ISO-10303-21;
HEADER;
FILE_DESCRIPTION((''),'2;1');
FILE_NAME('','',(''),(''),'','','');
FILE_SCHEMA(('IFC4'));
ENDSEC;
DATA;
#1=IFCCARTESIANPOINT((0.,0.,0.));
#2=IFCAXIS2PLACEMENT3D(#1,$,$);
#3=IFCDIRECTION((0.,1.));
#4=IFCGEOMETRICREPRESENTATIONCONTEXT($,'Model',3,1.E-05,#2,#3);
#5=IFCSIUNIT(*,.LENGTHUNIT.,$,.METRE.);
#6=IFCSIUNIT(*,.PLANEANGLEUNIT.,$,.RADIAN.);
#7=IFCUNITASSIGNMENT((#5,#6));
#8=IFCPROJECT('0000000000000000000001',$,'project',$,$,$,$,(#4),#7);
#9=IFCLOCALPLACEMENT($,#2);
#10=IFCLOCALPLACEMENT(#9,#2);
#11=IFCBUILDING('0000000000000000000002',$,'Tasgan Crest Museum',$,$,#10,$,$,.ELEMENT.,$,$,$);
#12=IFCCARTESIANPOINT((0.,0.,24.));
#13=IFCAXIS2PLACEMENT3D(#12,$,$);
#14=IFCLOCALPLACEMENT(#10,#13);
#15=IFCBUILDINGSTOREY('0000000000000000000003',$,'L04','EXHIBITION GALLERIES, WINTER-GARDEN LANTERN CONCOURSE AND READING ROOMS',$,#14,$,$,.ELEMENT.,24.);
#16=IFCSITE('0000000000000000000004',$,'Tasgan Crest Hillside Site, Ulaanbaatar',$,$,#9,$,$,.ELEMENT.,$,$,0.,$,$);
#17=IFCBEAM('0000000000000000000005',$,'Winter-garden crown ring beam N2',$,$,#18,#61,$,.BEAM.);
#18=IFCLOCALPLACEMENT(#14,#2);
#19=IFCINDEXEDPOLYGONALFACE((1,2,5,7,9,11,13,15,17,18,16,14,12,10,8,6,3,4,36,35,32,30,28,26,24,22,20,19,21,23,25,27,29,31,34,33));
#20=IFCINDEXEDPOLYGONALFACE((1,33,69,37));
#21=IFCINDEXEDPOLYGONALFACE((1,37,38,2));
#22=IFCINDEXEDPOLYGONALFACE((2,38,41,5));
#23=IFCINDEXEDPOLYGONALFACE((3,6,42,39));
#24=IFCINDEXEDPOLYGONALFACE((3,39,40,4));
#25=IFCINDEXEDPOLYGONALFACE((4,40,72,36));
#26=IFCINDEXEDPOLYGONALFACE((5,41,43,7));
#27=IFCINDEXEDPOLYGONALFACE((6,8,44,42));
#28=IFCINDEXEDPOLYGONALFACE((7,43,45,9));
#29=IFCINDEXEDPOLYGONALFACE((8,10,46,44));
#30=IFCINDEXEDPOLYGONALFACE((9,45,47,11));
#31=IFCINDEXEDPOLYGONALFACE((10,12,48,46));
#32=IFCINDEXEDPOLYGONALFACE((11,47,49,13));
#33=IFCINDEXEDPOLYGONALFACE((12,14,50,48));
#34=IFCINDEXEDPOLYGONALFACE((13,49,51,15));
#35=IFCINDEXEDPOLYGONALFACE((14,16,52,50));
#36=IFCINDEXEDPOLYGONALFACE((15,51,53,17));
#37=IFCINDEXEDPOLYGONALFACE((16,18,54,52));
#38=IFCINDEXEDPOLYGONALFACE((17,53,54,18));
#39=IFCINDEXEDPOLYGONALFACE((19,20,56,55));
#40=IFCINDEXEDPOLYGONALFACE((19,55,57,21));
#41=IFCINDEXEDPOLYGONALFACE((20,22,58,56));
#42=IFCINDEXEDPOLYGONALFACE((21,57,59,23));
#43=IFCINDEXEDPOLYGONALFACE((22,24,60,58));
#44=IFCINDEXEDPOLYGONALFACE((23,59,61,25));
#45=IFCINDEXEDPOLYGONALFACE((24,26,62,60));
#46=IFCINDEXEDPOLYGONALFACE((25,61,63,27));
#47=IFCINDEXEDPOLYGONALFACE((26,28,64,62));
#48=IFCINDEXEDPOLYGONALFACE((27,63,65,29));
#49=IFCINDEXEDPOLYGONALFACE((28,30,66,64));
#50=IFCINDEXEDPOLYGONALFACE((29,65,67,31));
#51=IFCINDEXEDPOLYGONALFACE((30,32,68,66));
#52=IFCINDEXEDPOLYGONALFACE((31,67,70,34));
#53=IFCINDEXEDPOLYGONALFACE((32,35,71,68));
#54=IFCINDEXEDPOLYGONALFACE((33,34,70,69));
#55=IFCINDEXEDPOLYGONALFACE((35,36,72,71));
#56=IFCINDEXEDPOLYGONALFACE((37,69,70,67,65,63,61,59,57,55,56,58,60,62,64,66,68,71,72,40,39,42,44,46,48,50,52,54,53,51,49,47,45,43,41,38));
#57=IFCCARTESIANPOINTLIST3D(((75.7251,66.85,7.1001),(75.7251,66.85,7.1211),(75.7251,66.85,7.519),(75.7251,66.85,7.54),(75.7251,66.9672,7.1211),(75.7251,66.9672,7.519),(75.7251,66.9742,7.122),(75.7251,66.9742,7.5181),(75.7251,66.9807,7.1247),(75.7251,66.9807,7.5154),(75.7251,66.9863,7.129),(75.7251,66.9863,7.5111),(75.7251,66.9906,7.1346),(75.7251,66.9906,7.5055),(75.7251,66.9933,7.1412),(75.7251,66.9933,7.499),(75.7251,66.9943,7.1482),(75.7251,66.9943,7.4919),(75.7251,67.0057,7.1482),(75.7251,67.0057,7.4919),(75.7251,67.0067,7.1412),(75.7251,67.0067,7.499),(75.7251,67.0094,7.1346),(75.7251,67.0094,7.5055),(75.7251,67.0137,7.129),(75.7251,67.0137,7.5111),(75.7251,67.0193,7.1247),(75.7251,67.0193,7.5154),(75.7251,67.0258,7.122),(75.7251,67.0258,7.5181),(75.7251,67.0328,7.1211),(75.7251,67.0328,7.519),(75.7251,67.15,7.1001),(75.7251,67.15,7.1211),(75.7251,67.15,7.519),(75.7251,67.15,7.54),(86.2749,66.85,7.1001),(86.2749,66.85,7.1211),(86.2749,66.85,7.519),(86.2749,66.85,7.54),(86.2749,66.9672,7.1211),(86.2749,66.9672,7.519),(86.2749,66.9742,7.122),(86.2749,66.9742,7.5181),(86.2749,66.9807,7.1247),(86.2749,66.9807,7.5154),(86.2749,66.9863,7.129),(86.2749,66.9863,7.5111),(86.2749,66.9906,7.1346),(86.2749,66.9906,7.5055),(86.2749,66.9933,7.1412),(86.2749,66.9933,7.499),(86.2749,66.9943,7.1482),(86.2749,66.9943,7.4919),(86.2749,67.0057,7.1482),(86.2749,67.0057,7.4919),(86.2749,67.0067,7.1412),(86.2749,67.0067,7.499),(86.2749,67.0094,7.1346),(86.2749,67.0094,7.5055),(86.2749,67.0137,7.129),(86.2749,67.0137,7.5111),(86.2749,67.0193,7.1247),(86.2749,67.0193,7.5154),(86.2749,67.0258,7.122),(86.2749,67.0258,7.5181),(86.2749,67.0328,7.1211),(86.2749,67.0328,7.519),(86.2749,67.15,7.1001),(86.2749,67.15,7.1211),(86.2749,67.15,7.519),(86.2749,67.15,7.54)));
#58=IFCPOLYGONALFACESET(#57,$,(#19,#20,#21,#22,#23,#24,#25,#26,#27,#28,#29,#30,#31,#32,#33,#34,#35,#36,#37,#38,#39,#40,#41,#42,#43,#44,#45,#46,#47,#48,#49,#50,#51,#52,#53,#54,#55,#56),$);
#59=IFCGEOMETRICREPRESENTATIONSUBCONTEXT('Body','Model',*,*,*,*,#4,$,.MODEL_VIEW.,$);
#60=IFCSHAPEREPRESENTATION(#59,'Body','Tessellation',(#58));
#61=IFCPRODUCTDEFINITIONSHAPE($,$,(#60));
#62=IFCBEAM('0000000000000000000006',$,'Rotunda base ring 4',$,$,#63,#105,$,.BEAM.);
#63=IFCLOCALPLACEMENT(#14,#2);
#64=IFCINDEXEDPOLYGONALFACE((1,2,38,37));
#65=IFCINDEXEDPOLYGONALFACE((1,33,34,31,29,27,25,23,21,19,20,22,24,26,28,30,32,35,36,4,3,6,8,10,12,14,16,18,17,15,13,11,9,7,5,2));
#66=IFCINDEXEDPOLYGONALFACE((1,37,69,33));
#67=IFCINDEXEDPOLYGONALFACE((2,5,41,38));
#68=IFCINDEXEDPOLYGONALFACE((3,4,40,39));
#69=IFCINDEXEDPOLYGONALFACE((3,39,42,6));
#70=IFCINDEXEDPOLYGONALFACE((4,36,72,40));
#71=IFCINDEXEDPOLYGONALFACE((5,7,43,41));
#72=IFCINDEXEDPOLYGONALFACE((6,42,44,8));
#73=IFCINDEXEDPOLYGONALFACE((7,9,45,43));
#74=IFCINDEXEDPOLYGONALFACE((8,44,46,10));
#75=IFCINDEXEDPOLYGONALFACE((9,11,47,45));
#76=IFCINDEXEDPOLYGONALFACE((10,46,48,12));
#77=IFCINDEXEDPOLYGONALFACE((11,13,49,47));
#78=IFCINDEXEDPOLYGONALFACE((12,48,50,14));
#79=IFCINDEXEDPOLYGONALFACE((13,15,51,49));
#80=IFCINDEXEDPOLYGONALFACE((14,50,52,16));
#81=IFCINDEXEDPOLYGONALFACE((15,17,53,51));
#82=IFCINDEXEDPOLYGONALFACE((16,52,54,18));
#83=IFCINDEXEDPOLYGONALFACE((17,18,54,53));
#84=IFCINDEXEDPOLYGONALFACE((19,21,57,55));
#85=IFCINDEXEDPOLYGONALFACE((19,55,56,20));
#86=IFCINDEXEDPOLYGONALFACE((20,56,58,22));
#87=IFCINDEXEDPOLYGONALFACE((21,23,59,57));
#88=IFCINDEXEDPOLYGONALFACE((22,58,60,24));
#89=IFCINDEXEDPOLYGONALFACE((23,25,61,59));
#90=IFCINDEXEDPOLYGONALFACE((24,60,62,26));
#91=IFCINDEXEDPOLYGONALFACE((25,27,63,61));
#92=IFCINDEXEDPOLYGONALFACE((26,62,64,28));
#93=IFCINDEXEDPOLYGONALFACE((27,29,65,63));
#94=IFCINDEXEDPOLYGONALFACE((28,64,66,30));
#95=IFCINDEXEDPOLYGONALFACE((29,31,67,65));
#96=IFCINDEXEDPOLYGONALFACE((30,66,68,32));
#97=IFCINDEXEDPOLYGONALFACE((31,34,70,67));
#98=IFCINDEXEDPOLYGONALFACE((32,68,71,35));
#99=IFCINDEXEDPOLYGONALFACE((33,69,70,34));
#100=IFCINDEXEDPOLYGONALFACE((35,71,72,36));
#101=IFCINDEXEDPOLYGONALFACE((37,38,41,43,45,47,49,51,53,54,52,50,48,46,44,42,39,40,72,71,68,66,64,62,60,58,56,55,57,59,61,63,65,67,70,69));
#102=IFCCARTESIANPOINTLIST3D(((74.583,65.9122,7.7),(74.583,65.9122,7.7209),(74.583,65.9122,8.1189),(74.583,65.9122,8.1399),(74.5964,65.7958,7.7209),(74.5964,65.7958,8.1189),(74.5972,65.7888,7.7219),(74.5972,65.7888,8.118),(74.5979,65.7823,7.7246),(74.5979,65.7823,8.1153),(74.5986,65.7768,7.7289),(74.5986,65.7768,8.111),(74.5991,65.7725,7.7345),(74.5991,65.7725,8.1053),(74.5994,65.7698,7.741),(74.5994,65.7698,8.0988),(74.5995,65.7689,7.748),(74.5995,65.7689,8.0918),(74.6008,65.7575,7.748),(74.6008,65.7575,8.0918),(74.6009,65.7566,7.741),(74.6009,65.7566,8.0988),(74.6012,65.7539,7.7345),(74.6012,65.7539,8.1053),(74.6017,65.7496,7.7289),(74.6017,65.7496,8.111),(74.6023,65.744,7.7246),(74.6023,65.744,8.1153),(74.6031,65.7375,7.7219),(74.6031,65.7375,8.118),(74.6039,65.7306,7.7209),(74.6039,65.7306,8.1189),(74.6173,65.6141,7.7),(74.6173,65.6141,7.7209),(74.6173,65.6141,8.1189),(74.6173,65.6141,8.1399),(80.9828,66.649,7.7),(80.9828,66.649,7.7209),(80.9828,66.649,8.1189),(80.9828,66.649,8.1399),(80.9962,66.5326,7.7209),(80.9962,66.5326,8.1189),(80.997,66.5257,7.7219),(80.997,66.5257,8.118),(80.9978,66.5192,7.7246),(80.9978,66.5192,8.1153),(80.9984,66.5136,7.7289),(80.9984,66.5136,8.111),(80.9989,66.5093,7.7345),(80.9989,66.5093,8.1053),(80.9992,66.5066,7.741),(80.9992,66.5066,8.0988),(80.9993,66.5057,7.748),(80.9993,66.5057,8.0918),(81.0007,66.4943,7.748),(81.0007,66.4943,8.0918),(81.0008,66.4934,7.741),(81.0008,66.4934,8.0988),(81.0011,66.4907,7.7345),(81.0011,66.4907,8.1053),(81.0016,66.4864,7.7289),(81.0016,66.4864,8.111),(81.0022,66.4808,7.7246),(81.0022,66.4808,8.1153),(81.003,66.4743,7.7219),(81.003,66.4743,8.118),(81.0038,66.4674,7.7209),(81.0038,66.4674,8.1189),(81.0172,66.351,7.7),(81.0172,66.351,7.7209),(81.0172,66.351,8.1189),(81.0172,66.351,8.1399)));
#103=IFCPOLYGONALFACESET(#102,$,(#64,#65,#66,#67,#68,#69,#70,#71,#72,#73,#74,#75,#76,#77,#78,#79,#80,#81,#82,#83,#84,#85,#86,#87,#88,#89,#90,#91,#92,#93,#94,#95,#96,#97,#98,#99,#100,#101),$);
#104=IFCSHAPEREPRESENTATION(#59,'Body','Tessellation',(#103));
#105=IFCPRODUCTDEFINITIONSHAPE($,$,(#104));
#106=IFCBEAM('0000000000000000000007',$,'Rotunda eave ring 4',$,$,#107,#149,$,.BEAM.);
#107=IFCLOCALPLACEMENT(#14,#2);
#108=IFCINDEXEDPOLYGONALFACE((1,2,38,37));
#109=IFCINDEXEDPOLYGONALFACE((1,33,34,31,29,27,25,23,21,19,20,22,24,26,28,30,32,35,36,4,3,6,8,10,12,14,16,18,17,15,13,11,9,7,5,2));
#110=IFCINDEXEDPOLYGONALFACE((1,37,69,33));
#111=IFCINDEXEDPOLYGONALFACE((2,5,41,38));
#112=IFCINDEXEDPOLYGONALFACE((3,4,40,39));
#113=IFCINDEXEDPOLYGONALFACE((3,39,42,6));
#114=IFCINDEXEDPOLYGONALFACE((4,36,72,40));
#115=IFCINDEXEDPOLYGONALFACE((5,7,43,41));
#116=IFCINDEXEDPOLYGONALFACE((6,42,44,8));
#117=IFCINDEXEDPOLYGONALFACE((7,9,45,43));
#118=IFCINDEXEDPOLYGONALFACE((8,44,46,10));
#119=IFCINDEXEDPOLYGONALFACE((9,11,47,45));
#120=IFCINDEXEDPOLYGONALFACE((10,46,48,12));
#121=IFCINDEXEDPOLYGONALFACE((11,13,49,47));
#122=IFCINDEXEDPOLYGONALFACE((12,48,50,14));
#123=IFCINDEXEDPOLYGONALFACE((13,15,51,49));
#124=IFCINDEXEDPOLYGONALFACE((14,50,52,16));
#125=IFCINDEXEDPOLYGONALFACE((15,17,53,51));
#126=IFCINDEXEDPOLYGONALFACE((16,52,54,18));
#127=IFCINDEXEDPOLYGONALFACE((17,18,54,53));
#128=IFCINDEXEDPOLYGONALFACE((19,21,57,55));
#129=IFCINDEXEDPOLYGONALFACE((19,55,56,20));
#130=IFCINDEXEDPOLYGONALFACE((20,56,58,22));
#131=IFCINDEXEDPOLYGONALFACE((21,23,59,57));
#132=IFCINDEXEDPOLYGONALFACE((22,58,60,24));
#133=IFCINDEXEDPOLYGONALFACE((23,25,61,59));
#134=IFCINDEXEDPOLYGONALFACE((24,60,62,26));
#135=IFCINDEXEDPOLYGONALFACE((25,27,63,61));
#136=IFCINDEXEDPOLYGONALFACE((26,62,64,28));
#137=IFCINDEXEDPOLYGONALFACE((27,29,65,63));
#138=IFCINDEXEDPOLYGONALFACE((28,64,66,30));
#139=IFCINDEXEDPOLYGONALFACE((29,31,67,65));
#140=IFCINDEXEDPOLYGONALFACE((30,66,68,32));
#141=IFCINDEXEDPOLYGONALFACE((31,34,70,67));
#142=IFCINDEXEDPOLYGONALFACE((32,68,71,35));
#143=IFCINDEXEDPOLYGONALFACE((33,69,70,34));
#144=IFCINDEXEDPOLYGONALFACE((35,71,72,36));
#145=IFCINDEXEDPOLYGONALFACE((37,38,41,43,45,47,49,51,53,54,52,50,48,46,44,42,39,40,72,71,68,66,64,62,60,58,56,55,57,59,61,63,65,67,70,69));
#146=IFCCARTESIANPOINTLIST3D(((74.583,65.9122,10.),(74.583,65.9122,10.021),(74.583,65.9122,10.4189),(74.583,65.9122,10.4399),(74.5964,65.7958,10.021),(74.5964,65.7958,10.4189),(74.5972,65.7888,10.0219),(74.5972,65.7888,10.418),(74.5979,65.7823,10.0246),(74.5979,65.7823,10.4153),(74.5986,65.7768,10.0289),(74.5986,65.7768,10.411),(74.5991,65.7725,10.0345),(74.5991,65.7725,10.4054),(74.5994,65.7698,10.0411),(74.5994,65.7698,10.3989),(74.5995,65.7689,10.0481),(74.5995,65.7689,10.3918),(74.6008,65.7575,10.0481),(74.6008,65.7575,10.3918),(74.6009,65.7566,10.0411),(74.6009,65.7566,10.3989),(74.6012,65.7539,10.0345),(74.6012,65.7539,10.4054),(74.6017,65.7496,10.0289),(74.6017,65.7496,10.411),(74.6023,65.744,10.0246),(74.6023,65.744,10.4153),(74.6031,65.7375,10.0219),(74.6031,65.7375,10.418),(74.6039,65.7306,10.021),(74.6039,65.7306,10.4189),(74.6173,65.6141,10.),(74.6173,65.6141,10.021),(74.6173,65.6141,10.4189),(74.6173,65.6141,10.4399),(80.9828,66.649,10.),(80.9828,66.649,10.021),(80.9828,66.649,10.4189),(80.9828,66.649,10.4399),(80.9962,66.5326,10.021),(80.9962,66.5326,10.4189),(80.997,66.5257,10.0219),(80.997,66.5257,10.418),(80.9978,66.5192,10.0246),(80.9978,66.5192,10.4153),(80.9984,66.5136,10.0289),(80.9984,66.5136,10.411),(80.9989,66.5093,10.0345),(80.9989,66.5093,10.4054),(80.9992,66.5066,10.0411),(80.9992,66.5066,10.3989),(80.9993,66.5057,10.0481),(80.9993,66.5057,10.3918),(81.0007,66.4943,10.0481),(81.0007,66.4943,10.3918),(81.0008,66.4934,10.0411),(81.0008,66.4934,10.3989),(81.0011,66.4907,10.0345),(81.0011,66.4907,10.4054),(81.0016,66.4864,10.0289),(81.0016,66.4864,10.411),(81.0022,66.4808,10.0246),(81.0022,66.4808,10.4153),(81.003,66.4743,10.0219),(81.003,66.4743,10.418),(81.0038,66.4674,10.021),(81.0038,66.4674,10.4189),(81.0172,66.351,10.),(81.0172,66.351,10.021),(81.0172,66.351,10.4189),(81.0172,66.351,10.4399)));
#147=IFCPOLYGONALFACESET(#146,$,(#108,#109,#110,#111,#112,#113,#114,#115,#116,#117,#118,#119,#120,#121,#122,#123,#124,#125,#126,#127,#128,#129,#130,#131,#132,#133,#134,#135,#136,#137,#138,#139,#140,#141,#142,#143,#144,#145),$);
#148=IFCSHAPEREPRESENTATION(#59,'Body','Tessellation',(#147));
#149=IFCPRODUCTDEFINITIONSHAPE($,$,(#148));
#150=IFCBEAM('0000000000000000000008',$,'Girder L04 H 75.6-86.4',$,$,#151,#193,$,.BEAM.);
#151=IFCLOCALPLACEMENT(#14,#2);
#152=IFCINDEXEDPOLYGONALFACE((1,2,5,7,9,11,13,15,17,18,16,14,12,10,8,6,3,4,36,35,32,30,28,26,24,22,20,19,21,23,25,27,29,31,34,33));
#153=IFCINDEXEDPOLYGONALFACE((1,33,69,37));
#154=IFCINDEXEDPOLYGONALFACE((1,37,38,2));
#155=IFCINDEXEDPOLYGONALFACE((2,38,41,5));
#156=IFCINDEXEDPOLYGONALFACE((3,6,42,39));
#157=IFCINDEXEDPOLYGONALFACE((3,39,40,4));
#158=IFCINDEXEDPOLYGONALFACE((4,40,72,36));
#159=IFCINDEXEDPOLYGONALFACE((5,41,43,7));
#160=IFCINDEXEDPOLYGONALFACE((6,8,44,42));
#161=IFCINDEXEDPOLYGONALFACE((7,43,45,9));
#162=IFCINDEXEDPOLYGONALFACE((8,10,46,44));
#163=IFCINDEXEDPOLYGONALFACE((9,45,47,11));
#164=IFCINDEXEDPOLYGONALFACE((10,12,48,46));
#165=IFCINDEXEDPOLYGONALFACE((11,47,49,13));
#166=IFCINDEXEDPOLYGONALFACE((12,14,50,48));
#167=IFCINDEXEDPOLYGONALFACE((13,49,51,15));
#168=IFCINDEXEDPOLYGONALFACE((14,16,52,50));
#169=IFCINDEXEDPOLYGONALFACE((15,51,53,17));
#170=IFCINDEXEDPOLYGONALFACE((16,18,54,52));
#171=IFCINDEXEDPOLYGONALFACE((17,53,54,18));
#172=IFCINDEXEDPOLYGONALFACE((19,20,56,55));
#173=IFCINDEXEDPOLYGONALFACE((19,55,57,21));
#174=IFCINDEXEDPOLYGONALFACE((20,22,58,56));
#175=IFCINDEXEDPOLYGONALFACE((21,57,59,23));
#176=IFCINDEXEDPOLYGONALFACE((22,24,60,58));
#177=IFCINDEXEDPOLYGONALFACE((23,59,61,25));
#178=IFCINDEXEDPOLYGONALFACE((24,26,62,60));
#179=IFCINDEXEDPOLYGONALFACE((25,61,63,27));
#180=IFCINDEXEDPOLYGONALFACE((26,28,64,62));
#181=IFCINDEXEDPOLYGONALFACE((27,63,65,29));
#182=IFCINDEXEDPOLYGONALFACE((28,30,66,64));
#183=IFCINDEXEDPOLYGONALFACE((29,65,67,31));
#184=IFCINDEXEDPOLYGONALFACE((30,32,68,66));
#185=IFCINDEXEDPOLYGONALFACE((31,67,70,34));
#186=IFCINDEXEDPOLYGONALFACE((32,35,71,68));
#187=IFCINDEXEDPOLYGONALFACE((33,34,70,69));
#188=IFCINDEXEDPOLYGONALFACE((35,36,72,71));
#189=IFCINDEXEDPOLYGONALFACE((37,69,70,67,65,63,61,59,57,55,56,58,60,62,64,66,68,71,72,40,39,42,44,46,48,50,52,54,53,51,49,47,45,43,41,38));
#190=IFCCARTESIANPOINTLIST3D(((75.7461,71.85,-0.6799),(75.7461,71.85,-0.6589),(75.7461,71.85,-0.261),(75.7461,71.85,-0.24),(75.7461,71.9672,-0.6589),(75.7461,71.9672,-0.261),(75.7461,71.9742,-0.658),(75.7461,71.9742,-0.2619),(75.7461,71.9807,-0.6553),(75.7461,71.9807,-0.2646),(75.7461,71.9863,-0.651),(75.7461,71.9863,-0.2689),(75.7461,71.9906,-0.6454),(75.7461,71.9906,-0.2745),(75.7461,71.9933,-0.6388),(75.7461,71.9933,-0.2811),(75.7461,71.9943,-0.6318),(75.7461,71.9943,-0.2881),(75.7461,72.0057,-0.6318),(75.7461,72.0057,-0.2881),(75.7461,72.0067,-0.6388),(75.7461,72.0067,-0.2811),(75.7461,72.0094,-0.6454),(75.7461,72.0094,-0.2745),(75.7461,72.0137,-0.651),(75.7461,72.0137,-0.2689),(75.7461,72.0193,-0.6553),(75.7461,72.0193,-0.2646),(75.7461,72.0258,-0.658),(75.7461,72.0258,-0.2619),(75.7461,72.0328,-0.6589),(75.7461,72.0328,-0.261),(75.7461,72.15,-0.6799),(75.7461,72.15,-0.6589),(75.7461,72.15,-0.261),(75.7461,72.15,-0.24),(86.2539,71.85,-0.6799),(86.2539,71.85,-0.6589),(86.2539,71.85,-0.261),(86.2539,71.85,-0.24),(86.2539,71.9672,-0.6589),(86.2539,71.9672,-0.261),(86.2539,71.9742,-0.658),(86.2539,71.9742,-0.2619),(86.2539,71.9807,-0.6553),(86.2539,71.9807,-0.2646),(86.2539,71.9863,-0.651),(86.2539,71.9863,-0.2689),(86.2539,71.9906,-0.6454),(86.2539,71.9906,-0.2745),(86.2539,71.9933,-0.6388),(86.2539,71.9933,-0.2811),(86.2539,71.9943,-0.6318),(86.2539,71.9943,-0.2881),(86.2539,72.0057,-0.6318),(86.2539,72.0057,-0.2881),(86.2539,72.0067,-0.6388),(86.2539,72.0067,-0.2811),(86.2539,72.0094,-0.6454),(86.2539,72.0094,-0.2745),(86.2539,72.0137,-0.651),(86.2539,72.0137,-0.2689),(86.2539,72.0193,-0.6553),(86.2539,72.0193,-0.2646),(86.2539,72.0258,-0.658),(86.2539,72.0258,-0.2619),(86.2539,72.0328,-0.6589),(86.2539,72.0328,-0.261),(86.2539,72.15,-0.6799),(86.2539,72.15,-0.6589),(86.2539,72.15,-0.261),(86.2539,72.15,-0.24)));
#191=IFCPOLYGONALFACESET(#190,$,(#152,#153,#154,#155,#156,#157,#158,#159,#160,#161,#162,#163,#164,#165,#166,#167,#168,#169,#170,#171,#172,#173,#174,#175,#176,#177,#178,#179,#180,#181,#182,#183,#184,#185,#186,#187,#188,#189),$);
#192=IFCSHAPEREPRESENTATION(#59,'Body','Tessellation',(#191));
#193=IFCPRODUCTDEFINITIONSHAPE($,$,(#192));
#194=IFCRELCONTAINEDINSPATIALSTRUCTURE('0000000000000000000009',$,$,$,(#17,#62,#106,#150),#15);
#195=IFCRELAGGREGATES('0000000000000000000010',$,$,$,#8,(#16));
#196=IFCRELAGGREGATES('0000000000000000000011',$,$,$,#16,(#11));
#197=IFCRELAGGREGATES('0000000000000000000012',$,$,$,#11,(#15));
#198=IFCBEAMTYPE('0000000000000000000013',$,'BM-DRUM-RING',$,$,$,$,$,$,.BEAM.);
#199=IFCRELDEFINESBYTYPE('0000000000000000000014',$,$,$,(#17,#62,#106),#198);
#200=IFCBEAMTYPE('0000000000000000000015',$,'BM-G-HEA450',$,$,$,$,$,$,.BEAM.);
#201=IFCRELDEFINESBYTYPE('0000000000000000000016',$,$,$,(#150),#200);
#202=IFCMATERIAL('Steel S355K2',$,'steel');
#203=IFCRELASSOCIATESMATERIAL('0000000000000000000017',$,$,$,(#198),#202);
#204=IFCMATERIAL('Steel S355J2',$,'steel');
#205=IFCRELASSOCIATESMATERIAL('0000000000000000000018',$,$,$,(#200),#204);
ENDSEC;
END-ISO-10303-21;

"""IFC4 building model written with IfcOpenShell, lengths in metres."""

from ifc_helpers import new_model, si_unit, direction, frame, origin, origin_2d, place, context, subcontext, project, spatial, i_section, extrude, material, material_profile, profile_set, type_object, element, save


model = new_model("IFC4")

# Units and contexts
model_context = context("Model", 3, precision=1e-05, world=origin(), true_north=direction((0.0, 1.0)))
body_context = subcontext(model_context, "Body", "Model", "MODEL_VIEW")
ifc_project = project(units=[si_unit("LENGTHUNIT", "METRE"), si_unit("PLANEANGLEUNIT", "RADIAN")], contexts=[model_context])

# Site, building, storey
site_placement = place(None, origin())
site = spatial("IfcSite", under=ifc_project, at=site_placement, Name="Tasgan Crest Hillside Site, Ulaanbaatar", CompositionType="ELEMENT", RefElevation=0.0)
building_placement = place(site_placement, origin())
building = spatial("IfcBuilding", under=site, at=building_placement, Name="Tasgan Crest Museum", CompositionType="ELEMENT")
storey_placement = place(building_placement, frame((0.0, 0.0, 24.0)))
storey = spatial("IfcBuildingStorey", under=building, at=storey_placement, Name="L04", Description="EXHIBITION GALLERIES, WINTER-GARDEN LANTERN CONCOURSE AND READING ROOMS", CompositionType="ELEMENT", Elevation=24.0)

# Beams
ifc_material_1 = material(Name="Steel S355K2", Category="steel")
ifc_material_profile_1 = material_profile(ifc_material_1, i_section(OverallWidth=0.3, OverallDepth=0.4399, WebThickness=0.0115, FlangeThickness=0.021, FilletRadius=0.0271, at=origin_2d()), Name="HEA 450")
ifc_profile_set_1 = profile_set([ifc_material_profile_1], Name="Steel S355K2")
beam_type_1 = type_object("IfcBeamType", Name="BM-DRUM-RING", PredefinedType="BEAM", material=ifc_profile_set_1)
beam_1_placement = place(storey_placement, frame((75.7251, 67.0, 7.3201), z_axis=(1.0, 0.0, 0.0), x_axis=(0.0, 1.0, 0.0)))
element("IfcBeam", 1, at=beam_1_placement, inside=storey, type_object=beam_type_1, Name="Winter-garden crown ring beam N2", PredefinedType="BEAM", context=body_context, shape_type="SweptSolid", body=[
    extrude(i_section(OverallWidth=0.3, OverallDepth=0.4399, WebThickness=0.0115, FlangeThickness=0.021, FilletRadius=0.0271, at=origin_2d()), origin(), (0.0, 0.0, 1.0), 10.5498),
])
for number, where, z_axis, x_axis, name in (
    (2, (81.0, 66.5, 7.9199), (-0.993438, -0.114374, 0.0), (0.114374, -0.993438, 0.0), "Rotunda base ring 4"),
    (3, (81.0, 66.5, 10.22), (-0.993438, -0.114374, 0.0), (0.114374, -0.993438, 0.0), "Rotunda eave ring 4"),
):
    element("IfcBeam", number, at=place(storey_placement, frame(where, z_axis=z_axis, x_axis=x_axis)), inside=storey, type_object=beam_type_1, Name=name, PredefinedType="BEAM", context=body_context, shape_type="SweptSolid", body=[
        extrude(i_section(OverallWidth=0.3, OverallDepth=0.4399, WebThickness=0.0115, FlangeThickness=0.021, FilletRadius=0.0271, at=origin_2d()), origin(), (0.0, 0.0, 1.0), 6.4421),
    ])
ifc_material_2 = material(Name="Steel S355J2", Category="steel")
ifc_material_profile_2 = material_profile(ifc_material_2, i_section(OverallWidth=0.3, OverallDepth=0.4399, WebThickness=0.0115, FlangeThickness=0.021, FilletRadius=0.0271, at=origin_2d()), Name="HEA 450")
ifc_profile_set_2 = profile_set([ifc_material_profile_2], Name="Steel S355J2")
beam_type_2 = type_object("IfcBeamType", Name="BM-G-HEA450", PredefinedType="BEAM", material=ifc_profile_set_2)
beam_2_placement = place(storey_placement, frame((75.7461, 72.0, -0.46), z_axis=(1.0, 0.0, 0.0), x_axis=(0.0, 1.0, 0.0)))
element("IfcBeam", 4, at=beam_2_placement, inside=storey, type_object=beam_type_2, Name="Girder L04 H 75.6-86.4", PredefinedType="BEAM", context=body_context, shape_type="SweptSolid", body=[
    extrude(i_section(OverallWidth=0.3, OverallDepth=0.4399, WebThickness=0.0115, FlangeThickness=0.021, FilletRadius=0.0271, at=origin_2d()), origin(), (0.0, 0.0, 1.0), 10.5078),
])

save(model, "model.ifc")
